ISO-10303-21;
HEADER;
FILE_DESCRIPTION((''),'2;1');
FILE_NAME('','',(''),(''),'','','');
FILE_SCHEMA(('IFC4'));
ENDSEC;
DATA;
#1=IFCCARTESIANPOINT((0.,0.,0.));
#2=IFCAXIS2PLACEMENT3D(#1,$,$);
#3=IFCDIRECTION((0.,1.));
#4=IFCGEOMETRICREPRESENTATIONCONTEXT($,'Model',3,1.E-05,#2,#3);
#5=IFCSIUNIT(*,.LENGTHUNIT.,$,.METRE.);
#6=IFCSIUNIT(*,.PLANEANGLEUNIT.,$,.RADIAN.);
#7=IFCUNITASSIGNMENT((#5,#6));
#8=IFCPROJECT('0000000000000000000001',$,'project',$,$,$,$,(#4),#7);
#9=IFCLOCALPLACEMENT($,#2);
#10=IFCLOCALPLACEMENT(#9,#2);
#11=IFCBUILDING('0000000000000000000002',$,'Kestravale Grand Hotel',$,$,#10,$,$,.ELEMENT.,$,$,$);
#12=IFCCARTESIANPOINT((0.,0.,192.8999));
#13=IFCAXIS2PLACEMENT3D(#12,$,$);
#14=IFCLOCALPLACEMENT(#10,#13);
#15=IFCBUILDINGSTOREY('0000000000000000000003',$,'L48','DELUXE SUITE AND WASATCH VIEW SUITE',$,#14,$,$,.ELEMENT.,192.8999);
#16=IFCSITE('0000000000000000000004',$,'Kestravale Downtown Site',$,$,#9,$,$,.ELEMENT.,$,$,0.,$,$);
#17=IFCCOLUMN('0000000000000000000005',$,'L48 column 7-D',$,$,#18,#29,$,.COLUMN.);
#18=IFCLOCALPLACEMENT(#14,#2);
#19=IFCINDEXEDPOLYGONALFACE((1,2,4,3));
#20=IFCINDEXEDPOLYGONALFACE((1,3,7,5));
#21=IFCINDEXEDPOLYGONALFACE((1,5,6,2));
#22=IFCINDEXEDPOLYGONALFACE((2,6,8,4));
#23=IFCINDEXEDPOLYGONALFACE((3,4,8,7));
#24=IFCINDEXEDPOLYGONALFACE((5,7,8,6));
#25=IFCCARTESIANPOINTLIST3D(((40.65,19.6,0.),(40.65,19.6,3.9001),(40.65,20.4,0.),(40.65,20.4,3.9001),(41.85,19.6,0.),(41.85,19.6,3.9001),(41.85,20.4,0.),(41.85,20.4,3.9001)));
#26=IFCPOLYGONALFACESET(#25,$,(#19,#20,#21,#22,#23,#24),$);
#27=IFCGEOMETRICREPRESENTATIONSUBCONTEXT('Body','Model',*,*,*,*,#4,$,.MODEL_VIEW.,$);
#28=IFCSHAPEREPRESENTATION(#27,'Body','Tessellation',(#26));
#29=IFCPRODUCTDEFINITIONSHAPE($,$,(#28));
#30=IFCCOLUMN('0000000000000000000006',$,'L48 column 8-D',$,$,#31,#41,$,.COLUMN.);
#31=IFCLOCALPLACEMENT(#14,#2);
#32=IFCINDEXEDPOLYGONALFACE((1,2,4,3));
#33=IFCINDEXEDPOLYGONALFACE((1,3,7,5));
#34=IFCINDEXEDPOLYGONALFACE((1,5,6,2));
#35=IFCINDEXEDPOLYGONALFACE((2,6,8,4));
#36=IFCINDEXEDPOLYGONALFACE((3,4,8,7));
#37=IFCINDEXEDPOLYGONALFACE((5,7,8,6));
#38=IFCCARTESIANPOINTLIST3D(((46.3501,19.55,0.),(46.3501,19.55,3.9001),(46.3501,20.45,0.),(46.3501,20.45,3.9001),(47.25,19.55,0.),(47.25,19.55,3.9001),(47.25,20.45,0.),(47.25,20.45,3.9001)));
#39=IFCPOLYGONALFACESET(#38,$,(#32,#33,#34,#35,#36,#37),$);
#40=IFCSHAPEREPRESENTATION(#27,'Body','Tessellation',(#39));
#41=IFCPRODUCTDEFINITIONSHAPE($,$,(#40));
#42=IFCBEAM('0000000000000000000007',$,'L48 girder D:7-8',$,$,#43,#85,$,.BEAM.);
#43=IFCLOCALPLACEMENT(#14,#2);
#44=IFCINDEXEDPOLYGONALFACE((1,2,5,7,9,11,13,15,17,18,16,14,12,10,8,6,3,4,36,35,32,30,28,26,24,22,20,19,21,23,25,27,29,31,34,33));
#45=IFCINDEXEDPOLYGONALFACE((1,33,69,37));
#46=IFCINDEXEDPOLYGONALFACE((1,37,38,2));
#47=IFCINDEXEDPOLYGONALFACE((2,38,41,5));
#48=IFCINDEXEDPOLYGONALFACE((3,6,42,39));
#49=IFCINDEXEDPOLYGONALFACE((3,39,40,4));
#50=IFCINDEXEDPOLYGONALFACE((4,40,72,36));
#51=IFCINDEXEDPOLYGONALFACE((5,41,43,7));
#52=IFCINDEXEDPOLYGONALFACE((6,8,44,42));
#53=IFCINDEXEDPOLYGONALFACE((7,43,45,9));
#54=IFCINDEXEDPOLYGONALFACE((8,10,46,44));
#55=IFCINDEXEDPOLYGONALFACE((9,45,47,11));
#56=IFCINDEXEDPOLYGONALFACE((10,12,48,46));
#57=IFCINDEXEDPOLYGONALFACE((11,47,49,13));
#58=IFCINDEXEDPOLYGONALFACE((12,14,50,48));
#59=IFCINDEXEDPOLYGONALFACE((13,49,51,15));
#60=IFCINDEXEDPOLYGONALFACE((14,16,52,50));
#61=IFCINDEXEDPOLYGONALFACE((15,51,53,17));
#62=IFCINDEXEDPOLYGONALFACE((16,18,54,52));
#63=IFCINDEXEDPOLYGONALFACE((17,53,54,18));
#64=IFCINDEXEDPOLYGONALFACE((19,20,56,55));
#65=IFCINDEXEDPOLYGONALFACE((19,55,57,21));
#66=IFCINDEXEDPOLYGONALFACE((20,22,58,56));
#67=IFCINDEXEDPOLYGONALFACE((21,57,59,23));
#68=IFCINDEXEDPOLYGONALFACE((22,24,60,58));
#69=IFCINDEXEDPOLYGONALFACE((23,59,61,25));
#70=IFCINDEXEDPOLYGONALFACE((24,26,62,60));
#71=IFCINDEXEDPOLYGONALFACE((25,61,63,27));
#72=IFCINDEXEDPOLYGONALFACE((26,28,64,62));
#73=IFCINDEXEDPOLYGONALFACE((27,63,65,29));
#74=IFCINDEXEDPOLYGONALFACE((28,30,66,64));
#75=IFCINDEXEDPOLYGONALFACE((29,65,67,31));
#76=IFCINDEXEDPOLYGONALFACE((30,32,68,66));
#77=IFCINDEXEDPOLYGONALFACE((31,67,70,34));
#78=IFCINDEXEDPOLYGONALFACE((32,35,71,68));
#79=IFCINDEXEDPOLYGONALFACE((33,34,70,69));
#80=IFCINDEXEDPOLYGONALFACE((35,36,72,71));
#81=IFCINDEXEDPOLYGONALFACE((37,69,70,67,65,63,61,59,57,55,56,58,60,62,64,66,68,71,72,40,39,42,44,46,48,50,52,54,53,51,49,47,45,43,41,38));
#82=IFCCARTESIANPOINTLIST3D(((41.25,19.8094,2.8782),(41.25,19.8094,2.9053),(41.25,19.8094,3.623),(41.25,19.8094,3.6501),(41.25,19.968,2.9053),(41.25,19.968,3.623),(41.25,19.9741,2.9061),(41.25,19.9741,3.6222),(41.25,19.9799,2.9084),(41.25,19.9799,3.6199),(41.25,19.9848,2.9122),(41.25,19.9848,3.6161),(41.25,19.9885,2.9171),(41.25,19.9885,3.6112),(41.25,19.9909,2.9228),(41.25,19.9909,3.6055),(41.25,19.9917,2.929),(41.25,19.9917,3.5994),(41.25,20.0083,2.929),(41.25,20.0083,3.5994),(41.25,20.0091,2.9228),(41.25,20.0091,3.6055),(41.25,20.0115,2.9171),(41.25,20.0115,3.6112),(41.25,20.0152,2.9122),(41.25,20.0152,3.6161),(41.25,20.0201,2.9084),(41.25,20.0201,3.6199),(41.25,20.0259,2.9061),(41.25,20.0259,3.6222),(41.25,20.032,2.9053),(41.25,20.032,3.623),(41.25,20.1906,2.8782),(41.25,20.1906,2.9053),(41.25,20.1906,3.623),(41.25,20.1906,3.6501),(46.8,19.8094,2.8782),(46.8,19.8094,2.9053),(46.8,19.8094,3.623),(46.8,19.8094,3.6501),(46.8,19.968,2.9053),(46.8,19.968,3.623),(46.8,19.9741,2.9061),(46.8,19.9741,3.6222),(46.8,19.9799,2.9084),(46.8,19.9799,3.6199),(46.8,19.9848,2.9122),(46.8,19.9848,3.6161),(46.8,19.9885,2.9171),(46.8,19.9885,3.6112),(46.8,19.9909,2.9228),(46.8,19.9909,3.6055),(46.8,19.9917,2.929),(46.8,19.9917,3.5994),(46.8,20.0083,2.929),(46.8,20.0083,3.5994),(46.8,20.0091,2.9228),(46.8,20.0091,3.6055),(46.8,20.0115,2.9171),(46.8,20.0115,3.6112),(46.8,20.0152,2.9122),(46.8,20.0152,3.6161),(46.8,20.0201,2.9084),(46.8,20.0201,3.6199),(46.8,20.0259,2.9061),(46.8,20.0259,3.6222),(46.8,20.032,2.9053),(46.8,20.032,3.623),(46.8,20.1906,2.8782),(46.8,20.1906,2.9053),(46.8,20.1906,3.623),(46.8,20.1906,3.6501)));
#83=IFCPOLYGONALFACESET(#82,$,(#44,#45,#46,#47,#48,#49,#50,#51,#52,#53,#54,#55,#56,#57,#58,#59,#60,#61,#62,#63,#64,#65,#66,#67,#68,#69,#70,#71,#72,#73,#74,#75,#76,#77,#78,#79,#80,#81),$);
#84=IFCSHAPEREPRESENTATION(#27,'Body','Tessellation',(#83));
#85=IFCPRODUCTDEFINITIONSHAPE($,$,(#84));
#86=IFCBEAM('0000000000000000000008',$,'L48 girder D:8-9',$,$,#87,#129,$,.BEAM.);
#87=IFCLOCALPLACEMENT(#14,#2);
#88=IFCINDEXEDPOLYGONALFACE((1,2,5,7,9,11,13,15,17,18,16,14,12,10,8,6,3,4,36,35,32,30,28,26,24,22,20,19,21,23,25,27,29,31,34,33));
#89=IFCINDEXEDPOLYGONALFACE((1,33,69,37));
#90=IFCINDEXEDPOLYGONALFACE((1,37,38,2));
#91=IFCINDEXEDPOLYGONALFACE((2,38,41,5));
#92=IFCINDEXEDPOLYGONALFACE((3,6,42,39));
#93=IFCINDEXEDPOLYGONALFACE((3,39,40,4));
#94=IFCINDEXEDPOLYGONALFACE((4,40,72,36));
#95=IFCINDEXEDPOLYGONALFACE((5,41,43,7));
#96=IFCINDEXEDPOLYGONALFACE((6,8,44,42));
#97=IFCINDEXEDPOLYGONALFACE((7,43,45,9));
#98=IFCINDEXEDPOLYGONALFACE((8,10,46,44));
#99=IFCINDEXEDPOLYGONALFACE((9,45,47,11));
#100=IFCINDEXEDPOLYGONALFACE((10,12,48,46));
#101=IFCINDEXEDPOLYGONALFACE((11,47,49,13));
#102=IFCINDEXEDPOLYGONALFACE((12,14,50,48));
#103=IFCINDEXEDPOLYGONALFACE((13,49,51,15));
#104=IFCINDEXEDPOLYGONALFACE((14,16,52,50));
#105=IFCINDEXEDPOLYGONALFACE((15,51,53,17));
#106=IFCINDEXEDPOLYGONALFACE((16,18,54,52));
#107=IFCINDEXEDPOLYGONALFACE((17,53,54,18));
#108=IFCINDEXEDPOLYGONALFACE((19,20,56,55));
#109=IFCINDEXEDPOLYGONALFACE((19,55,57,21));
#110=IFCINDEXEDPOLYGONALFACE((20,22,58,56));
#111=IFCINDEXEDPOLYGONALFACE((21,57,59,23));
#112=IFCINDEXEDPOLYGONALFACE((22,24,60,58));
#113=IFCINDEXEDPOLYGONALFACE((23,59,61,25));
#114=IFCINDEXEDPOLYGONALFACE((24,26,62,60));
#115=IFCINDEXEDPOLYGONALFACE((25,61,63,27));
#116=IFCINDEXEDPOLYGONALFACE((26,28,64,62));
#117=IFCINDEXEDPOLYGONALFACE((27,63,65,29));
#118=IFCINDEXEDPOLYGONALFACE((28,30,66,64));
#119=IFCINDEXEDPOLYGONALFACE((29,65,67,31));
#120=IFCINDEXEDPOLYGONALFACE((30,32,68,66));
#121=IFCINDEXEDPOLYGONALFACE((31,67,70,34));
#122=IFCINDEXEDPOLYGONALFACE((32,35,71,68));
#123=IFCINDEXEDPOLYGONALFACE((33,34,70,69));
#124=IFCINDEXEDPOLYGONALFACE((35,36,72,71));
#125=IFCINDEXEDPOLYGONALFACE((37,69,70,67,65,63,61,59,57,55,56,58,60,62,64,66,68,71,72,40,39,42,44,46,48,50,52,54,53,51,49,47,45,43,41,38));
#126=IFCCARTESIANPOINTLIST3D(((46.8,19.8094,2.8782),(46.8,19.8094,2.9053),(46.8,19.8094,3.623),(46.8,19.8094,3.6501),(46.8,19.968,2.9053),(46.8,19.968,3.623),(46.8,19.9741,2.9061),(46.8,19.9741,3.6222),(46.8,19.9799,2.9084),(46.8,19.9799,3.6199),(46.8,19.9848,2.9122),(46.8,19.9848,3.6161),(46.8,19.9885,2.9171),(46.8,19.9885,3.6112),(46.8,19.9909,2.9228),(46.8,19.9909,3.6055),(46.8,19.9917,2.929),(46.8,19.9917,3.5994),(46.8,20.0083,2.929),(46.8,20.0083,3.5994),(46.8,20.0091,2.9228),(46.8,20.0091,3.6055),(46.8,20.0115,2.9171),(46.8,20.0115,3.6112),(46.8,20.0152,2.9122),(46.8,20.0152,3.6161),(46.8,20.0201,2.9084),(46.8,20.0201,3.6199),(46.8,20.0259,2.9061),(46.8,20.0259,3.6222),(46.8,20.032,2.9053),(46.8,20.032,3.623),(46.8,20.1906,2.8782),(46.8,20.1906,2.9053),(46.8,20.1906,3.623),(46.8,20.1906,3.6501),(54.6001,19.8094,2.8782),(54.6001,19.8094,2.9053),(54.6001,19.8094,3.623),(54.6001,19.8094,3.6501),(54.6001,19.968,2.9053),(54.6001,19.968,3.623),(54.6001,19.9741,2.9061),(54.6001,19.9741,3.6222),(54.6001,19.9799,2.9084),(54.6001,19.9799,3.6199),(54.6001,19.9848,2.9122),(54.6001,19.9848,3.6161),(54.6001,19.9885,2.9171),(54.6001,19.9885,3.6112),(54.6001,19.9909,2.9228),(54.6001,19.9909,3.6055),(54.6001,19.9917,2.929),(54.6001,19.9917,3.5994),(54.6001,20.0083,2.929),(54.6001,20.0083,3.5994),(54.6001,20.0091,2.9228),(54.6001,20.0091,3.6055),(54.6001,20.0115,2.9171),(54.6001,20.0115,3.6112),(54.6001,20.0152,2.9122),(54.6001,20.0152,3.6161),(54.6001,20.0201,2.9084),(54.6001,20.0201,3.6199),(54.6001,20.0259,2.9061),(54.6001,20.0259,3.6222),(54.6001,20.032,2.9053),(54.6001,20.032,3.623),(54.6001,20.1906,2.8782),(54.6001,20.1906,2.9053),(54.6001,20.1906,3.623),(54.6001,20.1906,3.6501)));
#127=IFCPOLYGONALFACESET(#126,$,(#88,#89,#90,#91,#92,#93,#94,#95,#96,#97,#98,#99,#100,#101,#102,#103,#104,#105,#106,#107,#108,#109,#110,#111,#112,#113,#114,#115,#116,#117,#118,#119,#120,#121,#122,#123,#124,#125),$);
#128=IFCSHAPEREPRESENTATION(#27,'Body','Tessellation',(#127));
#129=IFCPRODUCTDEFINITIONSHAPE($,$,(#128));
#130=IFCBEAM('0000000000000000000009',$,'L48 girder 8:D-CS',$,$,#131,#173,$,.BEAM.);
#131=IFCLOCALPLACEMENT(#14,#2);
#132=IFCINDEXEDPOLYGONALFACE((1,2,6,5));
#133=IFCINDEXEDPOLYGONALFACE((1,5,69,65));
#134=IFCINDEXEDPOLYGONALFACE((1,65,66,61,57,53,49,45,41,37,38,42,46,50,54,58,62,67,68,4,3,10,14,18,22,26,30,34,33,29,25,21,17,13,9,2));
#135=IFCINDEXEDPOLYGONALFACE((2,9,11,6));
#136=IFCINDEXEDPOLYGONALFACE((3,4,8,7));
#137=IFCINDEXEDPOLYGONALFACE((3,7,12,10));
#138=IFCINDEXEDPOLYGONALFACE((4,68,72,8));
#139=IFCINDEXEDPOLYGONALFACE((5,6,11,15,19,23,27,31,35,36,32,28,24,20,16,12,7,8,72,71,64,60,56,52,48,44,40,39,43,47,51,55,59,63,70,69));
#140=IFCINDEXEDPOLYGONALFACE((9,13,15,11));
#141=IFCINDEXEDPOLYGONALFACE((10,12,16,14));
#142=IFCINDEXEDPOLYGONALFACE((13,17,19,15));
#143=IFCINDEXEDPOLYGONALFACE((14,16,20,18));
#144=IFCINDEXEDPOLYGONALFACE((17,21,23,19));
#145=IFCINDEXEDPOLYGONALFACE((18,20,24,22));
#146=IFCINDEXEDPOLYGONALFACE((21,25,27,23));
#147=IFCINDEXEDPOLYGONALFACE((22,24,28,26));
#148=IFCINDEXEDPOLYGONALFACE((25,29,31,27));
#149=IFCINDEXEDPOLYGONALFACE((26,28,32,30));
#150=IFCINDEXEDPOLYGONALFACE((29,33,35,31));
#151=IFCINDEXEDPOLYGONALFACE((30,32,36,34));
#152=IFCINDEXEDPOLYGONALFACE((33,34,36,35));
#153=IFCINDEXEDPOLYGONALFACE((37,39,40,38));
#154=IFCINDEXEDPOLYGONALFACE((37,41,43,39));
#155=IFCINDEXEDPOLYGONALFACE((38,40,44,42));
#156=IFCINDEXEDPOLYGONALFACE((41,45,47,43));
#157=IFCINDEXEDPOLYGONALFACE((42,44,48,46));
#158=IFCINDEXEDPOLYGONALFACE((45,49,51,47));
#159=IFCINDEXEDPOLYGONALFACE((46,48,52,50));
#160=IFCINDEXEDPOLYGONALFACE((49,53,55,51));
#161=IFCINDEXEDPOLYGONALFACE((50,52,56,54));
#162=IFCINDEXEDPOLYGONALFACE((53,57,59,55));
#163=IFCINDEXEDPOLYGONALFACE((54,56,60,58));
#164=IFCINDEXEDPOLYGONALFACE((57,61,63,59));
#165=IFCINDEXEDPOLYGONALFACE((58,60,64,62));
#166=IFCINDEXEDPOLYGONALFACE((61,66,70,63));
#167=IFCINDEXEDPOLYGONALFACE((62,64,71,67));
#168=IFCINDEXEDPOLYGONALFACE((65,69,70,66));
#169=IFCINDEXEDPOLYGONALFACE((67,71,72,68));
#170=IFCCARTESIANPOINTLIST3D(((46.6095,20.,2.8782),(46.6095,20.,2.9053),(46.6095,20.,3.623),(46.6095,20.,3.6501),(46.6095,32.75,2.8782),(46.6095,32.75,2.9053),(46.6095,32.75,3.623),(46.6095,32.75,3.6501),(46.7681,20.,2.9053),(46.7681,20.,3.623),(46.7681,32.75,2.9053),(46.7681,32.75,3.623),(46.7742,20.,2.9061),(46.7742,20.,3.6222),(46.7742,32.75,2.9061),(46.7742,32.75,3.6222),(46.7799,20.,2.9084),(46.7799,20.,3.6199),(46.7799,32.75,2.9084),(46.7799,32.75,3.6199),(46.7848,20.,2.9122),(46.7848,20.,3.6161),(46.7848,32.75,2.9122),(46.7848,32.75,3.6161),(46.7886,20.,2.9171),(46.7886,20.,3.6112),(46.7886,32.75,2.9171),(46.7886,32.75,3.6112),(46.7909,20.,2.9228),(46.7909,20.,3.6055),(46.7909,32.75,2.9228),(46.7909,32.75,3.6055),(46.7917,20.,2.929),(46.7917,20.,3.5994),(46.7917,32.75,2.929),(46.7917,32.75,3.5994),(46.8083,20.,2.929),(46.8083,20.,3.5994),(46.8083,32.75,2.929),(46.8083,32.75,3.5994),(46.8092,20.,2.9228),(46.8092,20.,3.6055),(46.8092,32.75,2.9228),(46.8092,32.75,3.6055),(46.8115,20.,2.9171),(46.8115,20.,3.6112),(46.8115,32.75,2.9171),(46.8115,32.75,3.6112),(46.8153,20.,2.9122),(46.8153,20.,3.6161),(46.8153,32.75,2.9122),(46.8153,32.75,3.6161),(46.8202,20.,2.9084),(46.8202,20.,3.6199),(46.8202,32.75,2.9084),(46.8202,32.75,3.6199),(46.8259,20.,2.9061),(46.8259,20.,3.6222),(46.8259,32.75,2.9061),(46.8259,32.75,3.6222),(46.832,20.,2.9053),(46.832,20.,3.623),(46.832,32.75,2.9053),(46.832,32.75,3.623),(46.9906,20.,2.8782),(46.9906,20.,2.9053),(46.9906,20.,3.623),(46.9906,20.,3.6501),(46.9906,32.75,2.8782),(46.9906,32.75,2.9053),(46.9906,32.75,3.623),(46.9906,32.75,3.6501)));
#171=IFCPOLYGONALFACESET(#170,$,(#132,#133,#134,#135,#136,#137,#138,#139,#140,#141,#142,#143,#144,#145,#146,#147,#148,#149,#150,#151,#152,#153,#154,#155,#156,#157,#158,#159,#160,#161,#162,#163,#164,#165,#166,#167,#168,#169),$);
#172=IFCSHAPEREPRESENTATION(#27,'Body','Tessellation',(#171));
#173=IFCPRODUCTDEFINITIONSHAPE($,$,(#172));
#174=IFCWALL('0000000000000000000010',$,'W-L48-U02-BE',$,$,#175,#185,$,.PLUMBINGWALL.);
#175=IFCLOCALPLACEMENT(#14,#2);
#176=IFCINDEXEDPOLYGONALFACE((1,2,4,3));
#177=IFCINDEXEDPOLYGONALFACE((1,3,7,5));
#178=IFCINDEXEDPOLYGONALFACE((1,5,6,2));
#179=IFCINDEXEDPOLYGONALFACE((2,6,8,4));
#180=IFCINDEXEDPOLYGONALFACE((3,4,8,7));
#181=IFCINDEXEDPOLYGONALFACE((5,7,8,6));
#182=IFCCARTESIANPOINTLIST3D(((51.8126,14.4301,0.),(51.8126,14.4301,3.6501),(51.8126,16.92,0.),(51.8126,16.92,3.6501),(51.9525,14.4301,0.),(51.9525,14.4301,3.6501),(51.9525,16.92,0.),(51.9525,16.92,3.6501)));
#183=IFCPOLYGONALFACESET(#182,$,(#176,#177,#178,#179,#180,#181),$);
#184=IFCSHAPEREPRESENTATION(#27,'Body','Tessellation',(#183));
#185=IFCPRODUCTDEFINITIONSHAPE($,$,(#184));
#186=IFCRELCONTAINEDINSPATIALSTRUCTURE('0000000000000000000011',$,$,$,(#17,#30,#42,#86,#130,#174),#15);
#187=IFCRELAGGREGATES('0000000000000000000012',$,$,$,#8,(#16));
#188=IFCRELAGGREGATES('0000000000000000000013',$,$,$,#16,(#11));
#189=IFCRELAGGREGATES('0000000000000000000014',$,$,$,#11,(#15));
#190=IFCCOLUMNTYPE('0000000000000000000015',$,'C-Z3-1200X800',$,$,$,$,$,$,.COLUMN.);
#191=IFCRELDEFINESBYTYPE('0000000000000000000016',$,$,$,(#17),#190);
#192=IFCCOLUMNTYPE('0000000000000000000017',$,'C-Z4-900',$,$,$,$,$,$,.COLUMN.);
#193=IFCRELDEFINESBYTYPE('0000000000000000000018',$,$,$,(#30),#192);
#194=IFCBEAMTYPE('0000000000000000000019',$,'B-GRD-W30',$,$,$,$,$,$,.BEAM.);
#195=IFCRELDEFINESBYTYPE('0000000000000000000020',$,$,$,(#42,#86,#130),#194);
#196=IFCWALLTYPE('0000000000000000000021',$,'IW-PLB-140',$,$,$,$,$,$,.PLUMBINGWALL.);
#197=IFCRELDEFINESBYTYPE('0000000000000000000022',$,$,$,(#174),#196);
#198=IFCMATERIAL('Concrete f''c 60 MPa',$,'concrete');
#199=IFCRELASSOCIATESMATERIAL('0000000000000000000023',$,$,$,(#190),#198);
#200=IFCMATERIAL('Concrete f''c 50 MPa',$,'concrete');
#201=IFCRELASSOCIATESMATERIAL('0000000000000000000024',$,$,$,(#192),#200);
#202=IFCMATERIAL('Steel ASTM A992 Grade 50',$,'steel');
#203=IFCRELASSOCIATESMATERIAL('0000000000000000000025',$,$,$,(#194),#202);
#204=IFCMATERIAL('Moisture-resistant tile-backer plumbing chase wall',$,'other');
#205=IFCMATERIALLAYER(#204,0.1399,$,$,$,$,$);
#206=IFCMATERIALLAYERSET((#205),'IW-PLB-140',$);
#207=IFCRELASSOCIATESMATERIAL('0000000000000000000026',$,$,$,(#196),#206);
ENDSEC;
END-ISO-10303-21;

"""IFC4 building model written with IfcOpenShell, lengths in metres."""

from ifc_helpers import new_model, si_unit, direction, frame, frame_2d, origin, origin_2d, place, context, subcontext, project, spatial, rectangle, i_section, extrude, material, layer, layer_set, material_profile, profile_set, type_object, element, save


model = new_model("IFC4")

# Units and contexts
model_context = context("Model", 3, precision=1e-05, world=origin(), true_north=direction((0.0, 1.0)))
body_context = subcontext(model_context, "Body", "Model", "MODEL_VIEW")
ifc_project = project(units=[si_unit("LENGTHUNIT", "METRE"), si_unit("PLANEANGLEUNIT", "RADIAN")], contexts=[model_context])

# Site, building, storey
site_placement = place(None, origin())
site = spatial("IfcSite", under=ifc_project, at=site_placement, Name="Kestravale Downtown Site", CompositionType="ELEMENT", RefElevation=0.0)
building_placement = place(site_placement, origin())
building = spatial("IfcBuilding", under=site, at=building_placement, Name="Kestravale Grand Hotel", CompositionType="ELEMENT")
storey_placement = place(building_placement, frame((0.0, 0.0, 192.8999)))
storey = spatial("IfcBuildingStorey", under=building, at=storey_placement, Name="L48", Description="DELUXE SUITE AND WASATCH VIEW SUITE", CompositionType="ELEMENT", Elevation=192.8999)

# Columns
ifc_material_1 = material(Name="Concrete f'c 60 MPa", Category="concrete")
ifc_material_profile_1 = material_profile(ifc_material_1, rectangle(XDim=1.2, YDim=0.8, at=origin_2d()))
ifc_profile_set_1 = profile_set([ifc_material_profile_1], Name="Concrete f'c 60 MPa")
column_type_1 = type_object("IfcColumnType", Name="C-Z3-1200X800", PredefinedType="COLUMN", material=ifc_profile_set_1)
column_1_placement = place(storey_placement, frame((41.25, 20.0, 0.0), z_axis=(0.0, 0.0, 1.0), x_axis=(1.0, 0.0, 0.0)))
element("IfcColumn", 1, at=column_1_placement, inside=storey, type_object=column_type_1, Name="L48 column 7-D", PredefinedType="COLUMN", context=body_context, shape_type="SweptSolid", body=[
    extrude(rectangle(XDim=1.2, YDim=0.8, at=origin_2d()), origin(), (0.0, 0.0, 1.0), 3.9001),
])
ifc_material_2 = material(Name="Concrete f'c 50 MPa", Category="concrete")
ifc_material_profile_2 = material_profile(ifc_material_2, rectangle(XDim=0.8999, YDim=0.8999, at=origin_2d()))
ifc_profile_set_2 = profile_set([ifc_material_profile_2], Name="Concrete f'c 50 MPa")
column_type_2 = type_object("IfcColumnType", Name="C-Z4-900", PredefinedType="COLUMN", material=ifc_profile_set_2)
column_2_placement = place(storey_placement, frame((46.8, 20.0, 0.0), z_axis=(0.0, 0.0, 1.0), x_axis=(1.0, 0.0, 0.0)))
element("IfcColumn", 2, at=column_2_placement, inside=storey, type_object=column_type_2, Name="L48 column 8-D", PredefinedType="COLUMN", context=body_context, shape_type="SweptSolid", body=[
    extrude(rectangle(XDim=0.8999, YDim=0.8999, at=origin_2d()), origin(), (0.0, 0.0, 1.0), 3.9001),
])

# Beams
ifc_material_3 = material(Name="Steel ASTM A992 Grade 50", Category="steel")
ifc_material_profile_3 = material_profile(ifc_material_3, i_section(OverallWidth=0.3811, OverallDepth=0.772, WebThickness=0.0166, FlangeThickness=0.0271, FilletRadius=0.0237, at=origin_2d()))
ifc_profile_set_3 = profile_set([ifc_material_profile_3], Name="Steel ASTM A992 Grade 50")
beam_type = type_object("IfcBeamType", Name="B-GRD-W30", PredefinedType="BEAM", material=ifc_profile_set_3)
beam_1_placement = place(storey_placement, frame((41.25, 20.0, 3.2642), z_axis=(1.0, 0.0, 0.0), x_axis=(0.0, 1.0, 0.0)))
element("IfcBeam", 3, at=beam_1_placement, inside=storey, type_object=beam_type, Name="L48 girder D:7-8", PredefinedType="BEAM", context=body_context, shape_type="SweptSolid", body=[
    extrude(i_section(OverallWidth=0.3811, OverallDepth=0.772, WebThickness=0.0166, FlangeThickness=0.0271, FilletRadius=0.0237, at=origin_2d()), origin(), (0.0, 0.0, 1.0), 5.55),
])
beam_2_placement = place(storey_placement, frame((46.8, 20.0, 3.2642), z_axis=(1.0, 0.0, 0.0), x_axis=(0.0, 1.0, 0.0)))
element("IfcBeam", 4, at=beam_2_placement, inside=storey, type_object=beam_type, Name="L48 girder D:8-9", PredefinedType="BEAM", context=body_context, shape_type="SweptSolid", body=[
    extrude(i_section(OverallWidth=0.3811, OverallDepth=0.772, WebThickness=0.0166, FlangeThickness=0.0271, FilletRadius=0.0237, at=origin_2d()), origin(), (0.0, 0.0, 1.0), 7.8),
])
beam_3_placement = place(storey_placement, frame((46.8, 20.0, 3.2642), z_axis=(0.0, 1.0, 0.0), x_axis=(-1.0, 0.0, 0.0)))
element("IfcBeam", 5, at=beam_3_placement, inside=storey, type_object=beam_type, Name="L48 girder 8:D-CS", PredefinedType="BEAM", context=body_context, shape_type="SweptSolid", body=[
    extrude(i_section(OverallWidth=0.3811, OverallDepth=0.772, WebThickness=0.0166, FlangeThickness=0.0271, FilletRadius=0.0237, at=origin_2d()), origin(), (0.0, 0.0, 1.0), 12.75),
])

# Wall
ifc_material_4 = material(Name="Moisture-resistant tile-backer plumbing chase wall", Category="other")
ifc_layer_1 = layer(ifc_material_4, 0.1399)
ifc_layer_set_1 = layer_set([ifc_layer_1], Name="IW-PLB-140")
wall_type_1 = type_object("IfcWallType", Name="IW-PLB-140", PredefinedType="PLUMBINGWALL", material=ifc_layer_set_1)
wall_1_placement = place(storey_placement, frame((51.8826, 14.4299, 0.0), z_axis=(0.0, 0.0, 1.0), x_axis=(0.0, 1.0, 0.0)))
element("IfcWall", 6, at=wall_1_placement, inside=storey, type_object=wall_type_1, Name="W-L48-U02-BE", PredefinedType="PLUMBINGWALL", context=body_context, shape_type="SweptSolid", body=[
    extrude(rectangle(XDim=2.49, YDim=0.1399, at=frame_2d((1.2451, 0.0))), origin(), (0.0, 0.0, 1.0), 3.6501),
])

save(model, "model.ifc")
